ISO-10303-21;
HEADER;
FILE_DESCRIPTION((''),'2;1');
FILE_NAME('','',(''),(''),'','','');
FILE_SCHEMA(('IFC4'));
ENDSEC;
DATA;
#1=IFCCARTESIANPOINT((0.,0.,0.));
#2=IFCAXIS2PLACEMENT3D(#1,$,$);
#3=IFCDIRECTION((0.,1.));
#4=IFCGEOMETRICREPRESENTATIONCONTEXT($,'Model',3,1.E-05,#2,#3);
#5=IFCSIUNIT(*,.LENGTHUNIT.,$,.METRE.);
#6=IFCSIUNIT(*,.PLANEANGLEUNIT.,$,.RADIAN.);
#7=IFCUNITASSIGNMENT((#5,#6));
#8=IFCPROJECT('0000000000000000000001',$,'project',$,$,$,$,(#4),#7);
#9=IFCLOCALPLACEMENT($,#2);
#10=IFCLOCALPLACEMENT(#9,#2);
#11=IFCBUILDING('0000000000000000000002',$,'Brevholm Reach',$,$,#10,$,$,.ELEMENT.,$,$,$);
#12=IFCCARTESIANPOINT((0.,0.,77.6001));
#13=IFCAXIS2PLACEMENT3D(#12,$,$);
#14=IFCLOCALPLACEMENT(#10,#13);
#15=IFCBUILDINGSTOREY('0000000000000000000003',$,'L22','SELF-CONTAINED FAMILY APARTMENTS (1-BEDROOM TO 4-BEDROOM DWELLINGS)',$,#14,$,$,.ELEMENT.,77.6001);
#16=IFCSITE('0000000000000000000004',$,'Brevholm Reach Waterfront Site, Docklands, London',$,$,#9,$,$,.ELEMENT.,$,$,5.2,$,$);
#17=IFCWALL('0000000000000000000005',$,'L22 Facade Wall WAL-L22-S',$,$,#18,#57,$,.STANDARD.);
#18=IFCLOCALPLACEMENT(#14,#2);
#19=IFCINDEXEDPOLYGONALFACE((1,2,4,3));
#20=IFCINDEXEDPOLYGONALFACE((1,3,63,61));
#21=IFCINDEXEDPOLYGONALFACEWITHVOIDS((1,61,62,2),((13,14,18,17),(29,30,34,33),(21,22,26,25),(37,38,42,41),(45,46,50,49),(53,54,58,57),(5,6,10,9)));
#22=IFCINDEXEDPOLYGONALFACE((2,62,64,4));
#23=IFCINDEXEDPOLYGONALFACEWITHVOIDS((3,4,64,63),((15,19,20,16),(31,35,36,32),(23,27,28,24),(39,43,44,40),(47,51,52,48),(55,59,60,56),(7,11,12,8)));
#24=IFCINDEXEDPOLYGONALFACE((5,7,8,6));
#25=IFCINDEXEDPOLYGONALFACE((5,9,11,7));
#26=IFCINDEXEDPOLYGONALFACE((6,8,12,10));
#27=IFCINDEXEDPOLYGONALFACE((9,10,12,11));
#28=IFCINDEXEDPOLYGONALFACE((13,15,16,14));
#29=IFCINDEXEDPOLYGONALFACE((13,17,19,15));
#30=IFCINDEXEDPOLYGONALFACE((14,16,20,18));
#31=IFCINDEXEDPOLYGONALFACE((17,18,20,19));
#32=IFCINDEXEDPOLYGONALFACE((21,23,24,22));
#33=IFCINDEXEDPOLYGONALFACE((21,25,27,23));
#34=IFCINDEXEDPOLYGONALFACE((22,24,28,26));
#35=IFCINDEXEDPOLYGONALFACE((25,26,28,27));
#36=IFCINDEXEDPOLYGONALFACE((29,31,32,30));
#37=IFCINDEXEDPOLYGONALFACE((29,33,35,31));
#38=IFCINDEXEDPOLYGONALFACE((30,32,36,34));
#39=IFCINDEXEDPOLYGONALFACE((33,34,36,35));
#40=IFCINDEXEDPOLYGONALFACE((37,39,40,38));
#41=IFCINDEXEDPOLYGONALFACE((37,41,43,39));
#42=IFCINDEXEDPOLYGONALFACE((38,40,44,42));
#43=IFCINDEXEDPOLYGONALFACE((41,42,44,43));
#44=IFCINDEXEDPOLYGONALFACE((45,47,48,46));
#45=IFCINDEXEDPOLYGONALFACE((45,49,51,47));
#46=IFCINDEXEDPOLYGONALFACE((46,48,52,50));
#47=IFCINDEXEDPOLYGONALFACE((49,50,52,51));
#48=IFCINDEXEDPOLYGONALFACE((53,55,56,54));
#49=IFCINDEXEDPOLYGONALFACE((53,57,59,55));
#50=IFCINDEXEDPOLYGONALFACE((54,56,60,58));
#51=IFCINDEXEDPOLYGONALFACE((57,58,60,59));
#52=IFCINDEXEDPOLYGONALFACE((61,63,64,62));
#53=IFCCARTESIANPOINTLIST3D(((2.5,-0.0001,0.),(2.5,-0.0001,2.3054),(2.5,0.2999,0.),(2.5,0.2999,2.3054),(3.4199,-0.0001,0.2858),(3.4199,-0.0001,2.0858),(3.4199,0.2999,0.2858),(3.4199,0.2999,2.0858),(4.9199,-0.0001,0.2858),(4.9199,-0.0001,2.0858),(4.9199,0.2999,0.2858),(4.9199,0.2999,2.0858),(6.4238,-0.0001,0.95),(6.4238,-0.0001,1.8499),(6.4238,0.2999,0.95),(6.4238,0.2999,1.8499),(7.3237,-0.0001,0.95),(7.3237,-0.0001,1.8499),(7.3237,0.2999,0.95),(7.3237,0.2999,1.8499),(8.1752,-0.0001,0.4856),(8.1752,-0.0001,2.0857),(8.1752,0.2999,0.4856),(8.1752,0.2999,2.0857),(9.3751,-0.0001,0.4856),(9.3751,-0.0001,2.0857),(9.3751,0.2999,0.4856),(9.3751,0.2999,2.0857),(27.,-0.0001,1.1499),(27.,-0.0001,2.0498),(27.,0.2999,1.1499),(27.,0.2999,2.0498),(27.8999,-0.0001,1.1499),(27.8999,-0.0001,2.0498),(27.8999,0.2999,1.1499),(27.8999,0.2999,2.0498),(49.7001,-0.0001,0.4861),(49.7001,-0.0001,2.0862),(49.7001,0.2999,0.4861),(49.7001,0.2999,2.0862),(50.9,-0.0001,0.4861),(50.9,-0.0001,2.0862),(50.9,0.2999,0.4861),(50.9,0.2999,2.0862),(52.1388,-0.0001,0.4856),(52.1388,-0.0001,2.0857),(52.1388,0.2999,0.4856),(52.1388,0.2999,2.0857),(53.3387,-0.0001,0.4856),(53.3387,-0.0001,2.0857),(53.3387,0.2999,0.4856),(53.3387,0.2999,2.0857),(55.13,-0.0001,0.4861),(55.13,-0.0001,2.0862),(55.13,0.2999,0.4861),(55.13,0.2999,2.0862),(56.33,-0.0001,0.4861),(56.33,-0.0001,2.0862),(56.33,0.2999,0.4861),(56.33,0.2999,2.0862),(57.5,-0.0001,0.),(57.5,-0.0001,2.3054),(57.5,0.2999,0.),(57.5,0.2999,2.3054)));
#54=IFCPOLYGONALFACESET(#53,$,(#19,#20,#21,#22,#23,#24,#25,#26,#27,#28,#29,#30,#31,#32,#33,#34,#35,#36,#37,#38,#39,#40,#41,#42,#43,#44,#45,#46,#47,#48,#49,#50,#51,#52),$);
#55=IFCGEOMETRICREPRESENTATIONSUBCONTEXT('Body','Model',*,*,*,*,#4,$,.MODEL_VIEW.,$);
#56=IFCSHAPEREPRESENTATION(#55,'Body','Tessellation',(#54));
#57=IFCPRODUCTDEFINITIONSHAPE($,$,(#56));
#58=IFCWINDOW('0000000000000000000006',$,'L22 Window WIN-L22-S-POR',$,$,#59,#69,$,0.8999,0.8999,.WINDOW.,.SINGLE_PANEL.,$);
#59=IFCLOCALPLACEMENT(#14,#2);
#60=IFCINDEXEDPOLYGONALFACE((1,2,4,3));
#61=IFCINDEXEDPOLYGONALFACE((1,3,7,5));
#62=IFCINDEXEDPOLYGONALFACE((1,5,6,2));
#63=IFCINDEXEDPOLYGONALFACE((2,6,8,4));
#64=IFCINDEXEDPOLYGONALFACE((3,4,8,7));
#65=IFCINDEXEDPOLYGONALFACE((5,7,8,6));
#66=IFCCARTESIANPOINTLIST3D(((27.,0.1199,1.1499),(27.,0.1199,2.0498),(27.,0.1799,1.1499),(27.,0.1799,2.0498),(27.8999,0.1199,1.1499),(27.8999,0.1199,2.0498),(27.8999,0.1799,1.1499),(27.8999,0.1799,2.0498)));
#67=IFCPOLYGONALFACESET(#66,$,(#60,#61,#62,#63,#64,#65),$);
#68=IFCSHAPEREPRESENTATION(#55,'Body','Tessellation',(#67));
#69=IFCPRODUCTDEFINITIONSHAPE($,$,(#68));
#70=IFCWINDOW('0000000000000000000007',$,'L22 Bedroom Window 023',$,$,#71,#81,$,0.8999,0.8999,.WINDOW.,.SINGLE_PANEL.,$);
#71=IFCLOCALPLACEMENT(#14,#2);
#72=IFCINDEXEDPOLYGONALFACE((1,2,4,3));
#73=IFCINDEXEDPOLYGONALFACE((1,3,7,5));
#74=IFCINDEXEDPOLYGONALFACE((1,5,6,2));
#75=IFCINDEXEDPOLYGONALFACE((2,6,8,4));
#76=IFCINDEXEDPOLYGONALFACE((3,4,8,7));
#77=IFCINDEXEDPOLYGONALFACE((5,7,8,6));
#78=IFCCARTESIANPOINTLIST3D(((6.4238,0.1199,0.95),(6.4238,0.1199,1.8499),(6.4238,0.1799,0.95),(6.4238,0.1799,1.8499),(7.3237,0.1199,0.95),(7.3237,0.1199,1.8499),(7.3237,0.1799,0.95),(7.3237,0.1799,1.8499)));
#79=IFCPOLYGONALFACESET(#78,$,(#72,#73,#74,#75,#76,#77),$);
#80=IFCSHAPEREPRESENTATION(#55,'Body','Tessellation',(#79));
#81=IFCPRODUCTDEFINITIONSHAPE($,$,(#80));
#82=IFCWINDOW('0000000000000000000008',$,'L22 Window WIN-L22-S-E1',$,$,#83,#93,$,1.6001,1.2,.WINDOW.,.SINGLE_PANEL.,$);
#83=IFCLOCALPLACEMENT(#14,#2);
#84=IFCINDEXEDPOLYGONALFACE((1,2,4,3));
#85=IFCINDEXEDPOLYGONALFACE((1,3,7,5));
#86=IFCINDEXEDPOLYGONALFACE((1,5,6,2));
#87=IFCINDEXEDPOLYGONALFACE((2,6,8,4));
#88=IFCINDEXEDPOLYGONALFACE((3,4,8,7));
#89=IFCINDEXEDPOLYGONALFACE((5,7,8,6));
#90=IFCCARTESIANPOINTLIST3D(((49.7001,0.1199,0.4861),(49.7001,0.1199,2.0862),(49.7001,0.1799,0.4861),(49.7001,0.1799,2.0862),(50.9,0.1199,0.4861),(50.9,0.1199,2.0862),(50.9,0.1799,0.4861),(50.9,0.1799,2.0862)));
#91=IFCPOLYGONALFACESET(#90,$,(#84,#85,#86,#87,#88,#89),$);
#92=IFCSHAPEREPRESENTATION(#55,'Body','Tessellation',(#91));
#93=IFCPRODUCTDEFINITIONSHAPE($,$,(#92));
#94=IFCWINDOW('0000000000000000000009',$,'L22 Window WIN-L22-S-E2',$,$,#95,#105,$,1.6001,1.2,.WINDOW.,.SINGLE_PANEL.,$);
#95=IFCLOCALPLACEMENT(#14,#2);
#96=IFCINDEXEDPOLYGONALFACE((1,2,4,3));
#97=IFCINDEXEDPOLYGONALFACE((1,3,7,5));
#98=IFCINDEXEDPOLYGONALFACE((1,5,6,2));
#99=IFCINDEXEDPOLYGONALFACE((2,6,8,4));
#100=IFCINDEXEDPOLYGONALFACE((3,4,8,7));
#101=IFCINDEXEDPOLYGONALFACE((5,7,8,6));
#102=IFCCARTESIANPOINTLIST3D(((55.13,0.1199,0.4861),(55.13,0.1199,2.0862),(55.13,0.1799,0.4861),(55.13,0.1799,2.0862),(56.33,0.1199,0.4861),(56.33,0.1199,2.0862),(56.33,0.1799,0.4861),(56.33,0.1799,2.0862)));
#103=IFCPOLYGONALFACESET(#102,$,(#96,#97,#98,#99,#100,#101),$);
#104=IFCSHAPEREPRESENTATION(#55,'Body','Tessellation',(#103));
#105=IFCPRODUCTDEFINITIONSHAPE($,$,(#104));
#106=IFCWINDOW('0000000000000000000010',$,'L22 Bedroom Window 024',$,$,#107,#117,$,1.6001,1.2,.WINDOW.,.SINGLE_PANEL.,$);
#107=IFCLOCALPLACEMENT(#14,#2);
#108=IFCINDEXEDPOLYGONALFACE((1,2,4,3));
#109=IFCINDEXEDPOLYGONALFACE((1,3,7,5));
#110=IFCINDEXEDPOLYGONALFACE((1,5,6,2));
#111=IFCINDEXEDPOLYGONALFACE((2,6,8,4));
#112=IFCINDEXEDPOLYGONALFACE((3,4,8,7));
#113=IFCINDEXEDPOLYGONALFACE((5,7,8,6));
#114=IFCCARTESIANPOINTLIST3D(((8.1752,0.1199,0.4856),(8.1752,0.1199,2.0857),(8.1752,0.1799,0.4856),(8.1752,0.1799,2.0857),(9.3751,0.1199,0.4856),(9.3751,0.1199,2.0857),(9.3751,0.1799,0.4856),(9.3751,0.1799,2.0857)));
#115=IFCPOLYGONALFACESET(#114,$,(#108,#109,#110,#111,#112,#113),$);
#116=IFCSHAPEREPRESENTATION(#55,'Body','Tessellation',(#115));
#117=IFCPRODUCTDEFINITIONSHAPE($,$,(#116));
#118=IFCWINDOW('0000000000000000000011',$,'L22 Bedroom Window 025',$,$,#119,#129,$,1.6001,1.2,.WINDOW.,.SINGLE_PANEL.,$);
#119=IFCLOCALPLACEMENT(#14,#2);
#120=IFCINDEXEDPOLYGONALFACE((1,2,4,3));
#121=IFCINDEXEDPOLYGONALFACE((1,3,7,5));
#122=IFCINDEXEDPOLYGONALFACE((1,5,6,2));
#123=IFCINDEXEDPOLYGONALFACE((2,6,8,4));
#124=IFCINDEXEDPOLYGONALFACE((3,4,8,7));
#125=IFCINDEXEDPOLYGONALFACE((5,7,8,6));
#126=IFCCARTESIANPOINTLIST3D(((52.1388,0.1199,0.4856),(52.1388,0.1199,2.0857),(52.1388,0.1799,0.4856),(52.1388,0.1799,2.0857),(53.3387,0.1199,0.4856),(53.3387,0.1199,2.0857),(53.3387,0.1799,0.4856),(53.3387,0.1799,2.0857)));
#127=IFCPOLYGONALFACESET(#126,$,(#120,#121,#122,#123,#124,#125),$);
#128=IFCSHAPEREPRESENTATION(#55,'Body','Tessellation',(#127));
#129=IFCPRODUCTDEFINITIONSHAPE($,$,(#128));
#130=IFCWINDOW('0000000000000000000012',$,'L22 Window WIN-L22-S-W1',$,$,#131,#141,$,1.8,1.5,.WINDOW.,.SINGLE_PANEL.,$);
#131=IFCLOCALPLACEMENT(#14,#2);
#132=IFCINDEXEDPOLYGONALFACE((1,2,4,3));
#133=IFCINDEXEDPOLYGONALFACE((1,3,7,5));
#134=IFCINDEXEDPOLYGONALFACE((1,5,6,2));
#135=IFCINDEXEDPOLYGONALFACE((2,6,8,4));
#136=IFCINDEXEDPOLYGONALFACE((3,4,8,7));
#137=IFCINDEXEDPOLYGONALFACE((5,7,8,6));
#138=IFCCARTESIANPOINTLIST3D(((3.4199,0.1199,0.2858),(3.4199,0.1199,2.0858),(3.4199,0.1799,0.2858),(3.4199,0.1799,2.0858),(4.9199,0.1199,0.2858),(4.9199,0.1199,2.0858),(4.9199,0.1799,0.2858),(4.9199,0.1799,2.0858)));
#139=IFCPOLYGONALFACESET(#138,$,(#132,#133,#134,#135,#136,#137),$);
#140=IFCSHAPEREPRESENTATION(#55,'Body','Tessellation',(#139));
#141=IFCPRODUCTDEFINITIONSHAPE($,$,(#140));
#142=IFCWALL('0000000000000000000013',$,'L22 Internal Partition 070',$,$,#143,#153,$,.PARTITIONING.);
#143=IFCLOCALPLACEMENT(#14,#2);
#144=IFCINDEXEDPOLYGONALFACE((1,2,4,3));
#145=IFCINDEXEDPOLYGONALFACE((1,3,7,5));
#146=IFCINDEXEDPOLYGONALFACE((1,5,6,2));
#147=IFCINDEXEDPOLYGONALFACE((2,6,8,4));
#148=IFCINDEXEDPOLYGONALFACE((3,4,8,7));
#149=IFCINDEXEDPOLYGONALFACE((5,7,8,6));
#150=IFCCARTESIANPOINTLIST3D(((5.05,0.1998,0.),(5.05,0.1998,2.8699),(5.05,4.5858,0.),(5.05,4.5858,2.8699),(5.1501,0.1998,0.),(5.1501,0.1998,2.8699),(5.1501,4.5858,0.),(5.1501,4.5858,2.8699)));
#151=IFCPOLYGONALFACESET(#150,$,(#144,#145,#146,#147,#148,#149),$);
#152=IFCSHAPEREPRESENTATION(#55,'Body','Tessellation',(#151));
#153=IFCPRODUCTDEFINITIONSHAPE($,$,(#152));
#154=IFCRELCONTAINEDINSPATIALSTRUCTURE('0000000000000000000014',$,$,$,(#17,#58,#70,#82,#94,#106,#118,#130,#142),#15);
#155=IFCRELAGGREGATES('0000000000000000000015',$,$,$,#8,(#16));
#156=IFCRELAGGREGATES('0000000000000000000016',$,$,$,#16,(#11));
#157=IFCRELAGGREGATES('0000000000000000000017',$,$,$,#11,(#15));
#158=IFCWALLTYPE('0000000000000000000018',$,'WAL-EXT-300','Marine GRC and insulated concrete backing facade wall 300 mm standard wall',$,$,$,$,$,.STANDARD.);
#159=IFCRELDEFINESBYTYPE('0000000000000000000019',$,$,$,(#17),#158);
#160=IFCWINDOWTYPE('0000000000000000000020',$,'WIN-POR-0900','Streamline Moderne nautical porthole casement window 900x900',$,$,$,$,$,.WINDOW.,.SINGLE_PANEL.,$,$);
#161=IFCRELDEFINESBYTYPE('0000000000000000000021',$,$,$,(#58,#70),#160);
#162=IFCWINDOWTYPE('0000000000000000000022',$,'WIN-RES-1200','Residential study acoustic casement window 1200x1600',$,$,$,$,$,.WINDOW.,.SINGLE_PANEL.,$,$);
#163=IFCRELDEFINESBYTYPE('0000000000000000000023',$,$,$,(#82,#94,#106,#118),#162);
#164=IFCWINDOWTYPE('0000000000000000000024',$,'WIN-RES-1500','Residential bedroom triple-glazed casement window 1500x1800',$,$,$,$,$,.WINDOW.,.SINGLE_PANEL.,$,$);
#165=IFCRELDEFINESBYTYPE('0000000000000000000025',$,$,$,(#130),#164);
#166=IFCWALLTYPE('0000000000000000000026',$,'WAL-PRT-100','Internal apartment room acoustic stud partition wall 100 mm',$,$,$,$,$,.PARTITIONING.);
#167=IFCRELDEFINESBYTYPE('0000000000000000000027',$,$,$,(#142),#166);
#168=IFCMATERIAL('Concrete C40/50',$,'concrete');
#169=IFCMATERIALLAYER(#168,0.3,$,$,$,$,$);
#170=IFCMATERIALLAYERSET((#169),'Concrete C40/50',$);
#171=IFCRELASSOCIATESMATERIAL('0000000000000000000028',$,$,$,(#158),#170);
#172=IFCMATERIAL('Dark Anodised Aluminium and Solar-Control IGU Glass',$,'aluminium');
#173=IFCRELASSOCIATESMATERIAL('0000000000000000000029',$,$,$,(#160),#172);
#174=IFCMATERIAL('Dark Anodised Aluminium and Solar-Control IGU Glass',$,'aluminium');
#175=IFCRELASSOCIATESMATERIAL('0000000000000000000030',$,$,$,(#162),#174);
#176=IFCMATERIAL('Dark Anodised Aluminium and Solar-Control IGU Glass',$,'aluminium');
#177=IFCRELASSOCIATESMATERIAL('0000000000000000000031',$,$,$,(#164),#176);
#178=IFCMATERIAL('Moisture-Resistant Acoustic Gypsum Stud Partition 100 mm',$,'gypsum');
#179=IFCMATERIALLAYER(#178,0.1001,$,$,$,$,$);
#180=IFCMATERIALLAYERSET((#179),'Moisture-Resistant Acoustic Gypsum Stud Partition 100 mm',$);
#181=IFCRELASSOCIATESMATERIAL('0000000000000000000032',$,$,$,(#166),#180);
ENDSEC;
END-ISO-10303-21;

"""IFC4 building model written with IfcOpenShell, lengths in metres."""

from ifc_helpers import new_model, si_unit, direction, frame, frame_2d, origin, place, context, subcontext, project, spatial, rectangle, extrude, material, layer, layer_set, type_object, element, fill, save


model = new_model("IFC4")

# Units and contexts
model_context = context("Model", 3, precision=1e-05, world=origin(), true_north=direction((0.0, 1.0)))
body_context = subcontext(model_context, "Body", "Model", "MODEL_VIEW")
ifc_project = project(units=[si_unit("LENGTHUNIT", "METRE"), si_unit("PLANEANGLEUNIT", "RADIAN")], contexts=[model_context])

# Site, building, storey
site_placement = place(None, origin())
site = spatial("IfcSite", under=ifc_project, at=site_placement, Name="Brevholm Reach Waterfront Site, Docklands, London", CompositionType="ELEMENT", RefElevation=5.2)
building_placement = place(site_placement, origin())
building = spatial("IfcBuilding", under=site, at=building_placement, Name="Brevholm Reach", CompositionType="ELEMENT")
storey_placement = place(building_placement, frame((0.0, 0.0, 77.6001)))
storey = spatial("IfcBuildingStorey", under=building, at=storey_placement, Name="L22", Description="SELF-CONTAINED FAMILY APARTMENTS (1-BEDROOM TO 4-BEDROOM DWELLINGS)", CompositionType="ELEMENT", Elevation=77.6001)

# Wall, openings, windows
ifc_material_1 = material(Name="Concrete C40/50", Category="concrete")
ifc_layer_1 = layer(ifc_material_1, 0.3)
ifc_layer_set_1 = layer_set([ifc_layer_1], Name="Concrete C40/50")
wall_type_1 = type_object("IfcWallType", Name="WAL-EXT-300", Description="Marine GRC and insulated concrete backing facade wall 300 mm standard wall", PredefinedType="STANDARD", material=ifc_layer_set_1)
wall_placement = place(storey_placement, frame((2.5, 0.1499, 0.0), z_axis=(0.0, 0.0, 1.0), x_axis=(1.0, 0.0, 0.0)))
wall = element("IfcWall", 1, at=wall_placement, inside=storey, type_object=wall_type_1, Name="L22 Facade Wall WAL-L22-S", PredefinedType="STANDARD", context=body_context, shape_type="SweptSolid", body=[
    extrude(rectangle(XDim=55.0, YDim=0.3, at=frame_2d((27.5, 0.0))), origin(), (0.0, 0.0, 1.0), 2.3054),
])
opening_1_placement = place(wall_placement, frame((0.9199, 0.0, 0.2859)))
opening_1 = element("IfcOpeningElement", 2, at=opening_1_placement, cuts=wall, PredefinedType="OPENING", context=body_context, shape_type="SweptSolid", body=[
    extrude(rectangle(XDim=1.5, YDim=1.8, at=frame_2d((0.75, 0.8999))), frame((0.0, 0.1599, 0.0), z_axis=(0.0, -1.0, 0.0), x_axis=(1.0, 0.0, 0.0)), (0.0, 0.0, 1.0), 0.3201),
])
opening_2_placement = place(wall_placement, frame((24.5, 0.0, 1.1499)))
opening_2 = element("IfcOpeningElement", 3, at=opening_2_placement, cuts=wall, PredefinedType="OPENING", context=body_context, shape_type="SweptSolid", body=[
    extrude(rectangle(XDim=0.8999, YDim=0.8999, at=frame_2d((0.45, 0.45))), frame((0.0, 0.1599, 0.0), z_axis=(0.0, -1.0, 0.0), x_axis=(1.0, 0.0, 0.0)), (0.0, 0.0, 1.0), 0.3201),
])
opening_3_placement = place(wall_placement, frame((47.2, 0.0, 0.4861)))
opening_3 = element("IfcOpeningElement", 4, at=opening_3_placement, cuts=wall, PredefinedType="OPENING", context=body_context, shape_type="SweptSolid", body=[
    extrude(rectangle(XDim=1.2, YDim=1.6001, at=frame_2d((0.6001, 0.8))), frame((0.0, 0.1599, 0.0), z_axis=(0.0, -1.0, 0.0), x_axis=(1.0, 0.0, 0.0)), (0.0, 0.0, 1.0), 0.3201),
])
opening_4_placement = place(wall_placement, frame((52.6299, 0.0, 0.4861)))
opening_4 = element("IfcOpeningElement", 5, at=opening_4_placement, cuts=wall, PredefinedType="OPENING", context=body_context, shape_type="SweptSolid", body=[
    extrude(rectangle(XDim=1.2, YDim=1.6001, at=frame_2d((0.6001, 0.8))), frame((0.0, 0.1599, 0.0), z_axis=(0.0, -1.0, 0.0), x_axis=(1.0, 0.0, 0.0)), (0.0, 0.0, 1.0), 0.3201),
])
opening_5_placement = place(wall_placement, frame((3.9238, 0.0, 0.95)))
opening_5 = element("IfcOpeningElement", 6, at=opening_5_placement, cuts=wall, PredefinedType="OPENING", context=body_context, shape_type="SweptSolid", body=[
    extrude(rectangle(XDim=0.8999, YDim=0.8999, at=frame_2d((0.45, 0.45))), frame((0.0, 0.1599, 0.0), z_axis=(0.0, -1.0, 0.0), x_axis=(1.0, 0.0, 0.0)), (0.0, 0.0, 1.0), 0.3201),
])
opening_6_placement = place(wall_placement, frame((5.675, 0.0, 0.4856)))
opening_6 = element("IfcOpeningElement", 7, at=opening_6_placement, cuts=wall, PredefinedType="OPENING", context=body_context, shape_type="SweptSolid", body=[
    extrude(rectangle(XDim=1.2, YDim=1.6001, at=frame_2d((0.6001, 0.8))), frame((0.0, 0.1599, 0.0), z_axis=(0.0, -1.0, 0.0), x_axis=(1.0, 0.0, 0.0)), (0.0, 0.0, 1.0), 0.3201),
])
opening_7_placement = place(wall_placement, frame((49.6387, 0.0, 0.4856)))
opening_7 = element("IfcOpeningElement", 8, at=opening_7_placement, cuts=wall, PredefinedType="OPENING", context=body_context, shape_type="SweptSolid", body=[
    extrude(rectangle(XDim=1.2, YDim=1.6001, at=frame_2d((0.6001, 0.8))), frame((0.0, 0.1599, 0.0), z_axis=(0.0, -1.0, 0.0), x_axis=(1.0, 0.0, 0.0)), (0.0, 0.0, 1.0), 0.3201),
])
ifc_material_2 = material(Name="Dark Anodised Aluminium and Solar-Control IGU Glass", Category="aluminium")
window_type_1 = type_object("IfcWindowType", Name="WIN-POR-0900", Description="Streamline Moderne nautical porthole casement window 900x900", PartitioningType="SINGLE_PANEL", PredefinedType="WINDOW", material=ifc_material_2)
window_1_placement = place(opening_2_placement, origin())
window_1 = element("IfcWindow", 9, at=window_1_placement, inside=storey, type_object=window_type_1, Name="L22 Window WIN-L22-S-POR", OverallHeight=0.8999, OverallWidth=0.8999, PartitioningType="SINGLE_PANEL", PredefinedType="WINDOW", context=body_context, shape_type="SweptSolid", body=[
    extrude(rectangle(XDim=0.8999, YDim=0.8999, at=frame_2d((0.45, 0.45))), frame((0.0, 0.03, 0.0), z_axis=(0.0, -1.0, 0.0), x_axis=(1.0, 0.0, 0.0)), (0.0, 0.0, 1.0), 0.0601),
])
fill(opening_2, window_1)
window_2_placement = place(opening_5_placement, origin())
window_2 = element("IfcWindow", 10, at=window_2_placement, inside=storey, type_object=window_type_1, Name="L22 Bedroom Window 023", OverallHeight=0.8999, OverallWidth=0.8999, PartitioningType="SINGLE_PANEL", PredefinedType="WINDOW", context=body_context, shape_type="SweptSolid", body=[
    extrude(rectangle(XDim=0.8999, YDim=0.8999, at=frame_2d((0.45, 0.45))), frame((0.0, 0.03, 0.0), z_axis=(0.0, -1.0, 0.0), x_axis=(1.0, 0.0, 0.0)), (0.0, 0.0, 1.0), 0.0601),
])
fill(opening_5, window_2)
ifc_material_3 = material(Name="Dark Anodised Aluminium and Solar-Control IGU Glass", Category="aluminium")
window_type_2 = type_object("IfcWindowType", Name="WIN-RES-1200", Description="Residential study acoustic casement window 1200x1600", PartitioningType="SINGLE_PANEL", PredefinedType="WINDOW", material=ifc_material_3)
window_3_placement = place(opening_3_placement, origin())
window_3 = element("IfcWindow", 11, at=window_3_placement, inside=storey, type_object=window_type_2, Name="L22 Window WIN-L22-S-E1", OverallHeight=1.6001, OverallWidth=1.2, PartitioningType="SINGLE_PANEL", PredefinedType="WINDOW", context=body_context, shape_type="SweptSolid", body=[
    extrude(rectangle(XDim=1.2, YDim=1.6001, at=frame_2d((0.6001, 0.8))), frame((0.0, 0.03, 0.0), z_axis=(0.0, -1.0, 0.0), x_axis=(1.0, 0.0, 0.0)), (0.0, 0.0, 1.0), 0.0601),
])
fill(opening_3, window_3)
window_4_placement = place(opening_4_placement, origin())
window_4 = element("IfcWindow", 12, at=window_4_placement, inside=storey, type_object=window_type_2, Name="L22 Window WIN-L22-S-E2", OverallHeight=1.6001, OverallWidth=1.2, PartitioningType="SINGLE_PANEL", PredefinedType="WINDOW", context=body_context, shape_type="SweptSolid", body=[
    extrude(rectangle(XDim=1.2, YDim=1.6001, at=frame_2d((0.6001, 0.8))), frame((0.0, 0.03, 0.0), z_axis=(0.0, -1.0, 0.0), x_axis=(1.0, 0.0, 0.0)), (0.0, 0.0, 1.0), 0.0601),
])
fill(opening_4, window_4)
window_5_placement = place(opening_6_placement, origin())
window_5 = element("IfcWindow", 13, at=window_5_placement, inside=storey, type_object=window_type_2, Name="L22 Bedroom Window 024", OverallHeight=1.6001, OverallWidth=1.2, PartitioningType="SINGLE_PANEL", PredefinedType="WINDOW", context=body_context, shape_type="SweptSolid", body=[
    extrude(rectangle(XDim=1.2, YDim=1.6001, at=frame_2d((0.6001, 0.8))), frame((0.0, 0.03, 0.0), z_axis=(0.0, -1.0, 0.0), x_axis=(1.0, 0.0, 0.0)), (0.0, 0.0, 1.0), 0.0601),
])
fill(opening_6, window_5)
window_6_placement = place(opening_7_placement, origin())
window_6 = element("IfcWindow", 14, at=window_6_placement, inside=storey, type_object=window_type_2, Name="L22 Bedroom Window 025", OverallHeight=1.6001, OverallWidth=1.2, PartitioningType="SINGLE_PANEL", PredefinedType="WINDOW", context=body_context, shape_type="SweptSolid", body=[
    extrude(rectangle(XDim=1.2, YDim=1.6001, at=frame_2d((0.6001, 0.8))), frame((0.0, 0.03, 0.0), z_axis=(0.0, -1.0, 0.0), x_axis=(1.0, 0.0, 0.0)), (0.0, 0.0, 1.0), 0.0601),
])
fill(opening_7, window_6)
ifc_material_4 = material(Name="Dark Anodised Aluminium and Solar-Control IGU Glass", Category="aluminium")
window_type_3 = type_object("IfcWindowType", Name="WIN-RES-1500", Description="Residential bedroom triple-glazed casement window 1500x1800", PartitioningType="SINGLE_PANEL", PredefinedType="WINDOW", material=ifc_material_4)
window_7_placement = place(opening_1_placement, origin())
window_7 = element("IfcWindow", 15, at=window_7_placement, inside=storey, type_object=window_type_3, Name="L22 Window WIN-L22-S-W1", OverallHeight=1.8, OverallWidth=1.5, PartitioningType="SINGLE_PANEL", PredefinedType="WINDOW", context=body_context, shape_type="SweptSolid", body=[
    extrude(rectangle(XDim=1.5, YDim=1.8, at=frame_2d((0.75, 0.8999))), frame((0.0, 0.03, 0.0), z_axis=(0.0, -1.0, 0.0), x_axis=(1.0, 0.0, 0.0)), (0.0, 0.0, 1.0), 0.0601),
])
fill(opening_1, window_7)

# Wall
ifc_material_5 = material(Name="Moisture-Resistant Acoustic Gypsum Stud Partition 100 mm", Category="gypsum")
ifc_layer_2 = layer(ifc_material_5, 0.1001)
ifc_layer_set_2 = layer_set([ifc_layer_2], Name="Moisture-Resistant Acoustic Gypsum Stud Partition 100 mm")
wall_type_2 = type_object("IfcWallType", Name="WAL-PRT-100", Description="Internal apartment room acoustic stud partition wall 100 mm", PredefinedType="PARTITIONING", material=ifc_layer_set_2)
for number, where, z_axis, x_axis, name in (
    (16, (5.1001, 0.2, 0.0), (0.0, 0.0, 1.0), (0.0, 1.0, 0.0), "L22 Internal Partition 070"),
):
    element("IfcWall", number, at=place(storey_placement, frame(where, z_axis=z_axis, x_axis=x_axis)), inside=storey, type_object=wall_type_2, Name=name, PredefinedType="PARTITIONING", context=body_context, shape_type="SweptSolid", body=[
        extrude(rectangle(XDim=4.386, YDim=0.1001, at=frame_2d((2.1929, 0.0))), origin(), (0.0, 0.0, 1.0), 2.8699),
    ])

save(model, "model.ifc")
